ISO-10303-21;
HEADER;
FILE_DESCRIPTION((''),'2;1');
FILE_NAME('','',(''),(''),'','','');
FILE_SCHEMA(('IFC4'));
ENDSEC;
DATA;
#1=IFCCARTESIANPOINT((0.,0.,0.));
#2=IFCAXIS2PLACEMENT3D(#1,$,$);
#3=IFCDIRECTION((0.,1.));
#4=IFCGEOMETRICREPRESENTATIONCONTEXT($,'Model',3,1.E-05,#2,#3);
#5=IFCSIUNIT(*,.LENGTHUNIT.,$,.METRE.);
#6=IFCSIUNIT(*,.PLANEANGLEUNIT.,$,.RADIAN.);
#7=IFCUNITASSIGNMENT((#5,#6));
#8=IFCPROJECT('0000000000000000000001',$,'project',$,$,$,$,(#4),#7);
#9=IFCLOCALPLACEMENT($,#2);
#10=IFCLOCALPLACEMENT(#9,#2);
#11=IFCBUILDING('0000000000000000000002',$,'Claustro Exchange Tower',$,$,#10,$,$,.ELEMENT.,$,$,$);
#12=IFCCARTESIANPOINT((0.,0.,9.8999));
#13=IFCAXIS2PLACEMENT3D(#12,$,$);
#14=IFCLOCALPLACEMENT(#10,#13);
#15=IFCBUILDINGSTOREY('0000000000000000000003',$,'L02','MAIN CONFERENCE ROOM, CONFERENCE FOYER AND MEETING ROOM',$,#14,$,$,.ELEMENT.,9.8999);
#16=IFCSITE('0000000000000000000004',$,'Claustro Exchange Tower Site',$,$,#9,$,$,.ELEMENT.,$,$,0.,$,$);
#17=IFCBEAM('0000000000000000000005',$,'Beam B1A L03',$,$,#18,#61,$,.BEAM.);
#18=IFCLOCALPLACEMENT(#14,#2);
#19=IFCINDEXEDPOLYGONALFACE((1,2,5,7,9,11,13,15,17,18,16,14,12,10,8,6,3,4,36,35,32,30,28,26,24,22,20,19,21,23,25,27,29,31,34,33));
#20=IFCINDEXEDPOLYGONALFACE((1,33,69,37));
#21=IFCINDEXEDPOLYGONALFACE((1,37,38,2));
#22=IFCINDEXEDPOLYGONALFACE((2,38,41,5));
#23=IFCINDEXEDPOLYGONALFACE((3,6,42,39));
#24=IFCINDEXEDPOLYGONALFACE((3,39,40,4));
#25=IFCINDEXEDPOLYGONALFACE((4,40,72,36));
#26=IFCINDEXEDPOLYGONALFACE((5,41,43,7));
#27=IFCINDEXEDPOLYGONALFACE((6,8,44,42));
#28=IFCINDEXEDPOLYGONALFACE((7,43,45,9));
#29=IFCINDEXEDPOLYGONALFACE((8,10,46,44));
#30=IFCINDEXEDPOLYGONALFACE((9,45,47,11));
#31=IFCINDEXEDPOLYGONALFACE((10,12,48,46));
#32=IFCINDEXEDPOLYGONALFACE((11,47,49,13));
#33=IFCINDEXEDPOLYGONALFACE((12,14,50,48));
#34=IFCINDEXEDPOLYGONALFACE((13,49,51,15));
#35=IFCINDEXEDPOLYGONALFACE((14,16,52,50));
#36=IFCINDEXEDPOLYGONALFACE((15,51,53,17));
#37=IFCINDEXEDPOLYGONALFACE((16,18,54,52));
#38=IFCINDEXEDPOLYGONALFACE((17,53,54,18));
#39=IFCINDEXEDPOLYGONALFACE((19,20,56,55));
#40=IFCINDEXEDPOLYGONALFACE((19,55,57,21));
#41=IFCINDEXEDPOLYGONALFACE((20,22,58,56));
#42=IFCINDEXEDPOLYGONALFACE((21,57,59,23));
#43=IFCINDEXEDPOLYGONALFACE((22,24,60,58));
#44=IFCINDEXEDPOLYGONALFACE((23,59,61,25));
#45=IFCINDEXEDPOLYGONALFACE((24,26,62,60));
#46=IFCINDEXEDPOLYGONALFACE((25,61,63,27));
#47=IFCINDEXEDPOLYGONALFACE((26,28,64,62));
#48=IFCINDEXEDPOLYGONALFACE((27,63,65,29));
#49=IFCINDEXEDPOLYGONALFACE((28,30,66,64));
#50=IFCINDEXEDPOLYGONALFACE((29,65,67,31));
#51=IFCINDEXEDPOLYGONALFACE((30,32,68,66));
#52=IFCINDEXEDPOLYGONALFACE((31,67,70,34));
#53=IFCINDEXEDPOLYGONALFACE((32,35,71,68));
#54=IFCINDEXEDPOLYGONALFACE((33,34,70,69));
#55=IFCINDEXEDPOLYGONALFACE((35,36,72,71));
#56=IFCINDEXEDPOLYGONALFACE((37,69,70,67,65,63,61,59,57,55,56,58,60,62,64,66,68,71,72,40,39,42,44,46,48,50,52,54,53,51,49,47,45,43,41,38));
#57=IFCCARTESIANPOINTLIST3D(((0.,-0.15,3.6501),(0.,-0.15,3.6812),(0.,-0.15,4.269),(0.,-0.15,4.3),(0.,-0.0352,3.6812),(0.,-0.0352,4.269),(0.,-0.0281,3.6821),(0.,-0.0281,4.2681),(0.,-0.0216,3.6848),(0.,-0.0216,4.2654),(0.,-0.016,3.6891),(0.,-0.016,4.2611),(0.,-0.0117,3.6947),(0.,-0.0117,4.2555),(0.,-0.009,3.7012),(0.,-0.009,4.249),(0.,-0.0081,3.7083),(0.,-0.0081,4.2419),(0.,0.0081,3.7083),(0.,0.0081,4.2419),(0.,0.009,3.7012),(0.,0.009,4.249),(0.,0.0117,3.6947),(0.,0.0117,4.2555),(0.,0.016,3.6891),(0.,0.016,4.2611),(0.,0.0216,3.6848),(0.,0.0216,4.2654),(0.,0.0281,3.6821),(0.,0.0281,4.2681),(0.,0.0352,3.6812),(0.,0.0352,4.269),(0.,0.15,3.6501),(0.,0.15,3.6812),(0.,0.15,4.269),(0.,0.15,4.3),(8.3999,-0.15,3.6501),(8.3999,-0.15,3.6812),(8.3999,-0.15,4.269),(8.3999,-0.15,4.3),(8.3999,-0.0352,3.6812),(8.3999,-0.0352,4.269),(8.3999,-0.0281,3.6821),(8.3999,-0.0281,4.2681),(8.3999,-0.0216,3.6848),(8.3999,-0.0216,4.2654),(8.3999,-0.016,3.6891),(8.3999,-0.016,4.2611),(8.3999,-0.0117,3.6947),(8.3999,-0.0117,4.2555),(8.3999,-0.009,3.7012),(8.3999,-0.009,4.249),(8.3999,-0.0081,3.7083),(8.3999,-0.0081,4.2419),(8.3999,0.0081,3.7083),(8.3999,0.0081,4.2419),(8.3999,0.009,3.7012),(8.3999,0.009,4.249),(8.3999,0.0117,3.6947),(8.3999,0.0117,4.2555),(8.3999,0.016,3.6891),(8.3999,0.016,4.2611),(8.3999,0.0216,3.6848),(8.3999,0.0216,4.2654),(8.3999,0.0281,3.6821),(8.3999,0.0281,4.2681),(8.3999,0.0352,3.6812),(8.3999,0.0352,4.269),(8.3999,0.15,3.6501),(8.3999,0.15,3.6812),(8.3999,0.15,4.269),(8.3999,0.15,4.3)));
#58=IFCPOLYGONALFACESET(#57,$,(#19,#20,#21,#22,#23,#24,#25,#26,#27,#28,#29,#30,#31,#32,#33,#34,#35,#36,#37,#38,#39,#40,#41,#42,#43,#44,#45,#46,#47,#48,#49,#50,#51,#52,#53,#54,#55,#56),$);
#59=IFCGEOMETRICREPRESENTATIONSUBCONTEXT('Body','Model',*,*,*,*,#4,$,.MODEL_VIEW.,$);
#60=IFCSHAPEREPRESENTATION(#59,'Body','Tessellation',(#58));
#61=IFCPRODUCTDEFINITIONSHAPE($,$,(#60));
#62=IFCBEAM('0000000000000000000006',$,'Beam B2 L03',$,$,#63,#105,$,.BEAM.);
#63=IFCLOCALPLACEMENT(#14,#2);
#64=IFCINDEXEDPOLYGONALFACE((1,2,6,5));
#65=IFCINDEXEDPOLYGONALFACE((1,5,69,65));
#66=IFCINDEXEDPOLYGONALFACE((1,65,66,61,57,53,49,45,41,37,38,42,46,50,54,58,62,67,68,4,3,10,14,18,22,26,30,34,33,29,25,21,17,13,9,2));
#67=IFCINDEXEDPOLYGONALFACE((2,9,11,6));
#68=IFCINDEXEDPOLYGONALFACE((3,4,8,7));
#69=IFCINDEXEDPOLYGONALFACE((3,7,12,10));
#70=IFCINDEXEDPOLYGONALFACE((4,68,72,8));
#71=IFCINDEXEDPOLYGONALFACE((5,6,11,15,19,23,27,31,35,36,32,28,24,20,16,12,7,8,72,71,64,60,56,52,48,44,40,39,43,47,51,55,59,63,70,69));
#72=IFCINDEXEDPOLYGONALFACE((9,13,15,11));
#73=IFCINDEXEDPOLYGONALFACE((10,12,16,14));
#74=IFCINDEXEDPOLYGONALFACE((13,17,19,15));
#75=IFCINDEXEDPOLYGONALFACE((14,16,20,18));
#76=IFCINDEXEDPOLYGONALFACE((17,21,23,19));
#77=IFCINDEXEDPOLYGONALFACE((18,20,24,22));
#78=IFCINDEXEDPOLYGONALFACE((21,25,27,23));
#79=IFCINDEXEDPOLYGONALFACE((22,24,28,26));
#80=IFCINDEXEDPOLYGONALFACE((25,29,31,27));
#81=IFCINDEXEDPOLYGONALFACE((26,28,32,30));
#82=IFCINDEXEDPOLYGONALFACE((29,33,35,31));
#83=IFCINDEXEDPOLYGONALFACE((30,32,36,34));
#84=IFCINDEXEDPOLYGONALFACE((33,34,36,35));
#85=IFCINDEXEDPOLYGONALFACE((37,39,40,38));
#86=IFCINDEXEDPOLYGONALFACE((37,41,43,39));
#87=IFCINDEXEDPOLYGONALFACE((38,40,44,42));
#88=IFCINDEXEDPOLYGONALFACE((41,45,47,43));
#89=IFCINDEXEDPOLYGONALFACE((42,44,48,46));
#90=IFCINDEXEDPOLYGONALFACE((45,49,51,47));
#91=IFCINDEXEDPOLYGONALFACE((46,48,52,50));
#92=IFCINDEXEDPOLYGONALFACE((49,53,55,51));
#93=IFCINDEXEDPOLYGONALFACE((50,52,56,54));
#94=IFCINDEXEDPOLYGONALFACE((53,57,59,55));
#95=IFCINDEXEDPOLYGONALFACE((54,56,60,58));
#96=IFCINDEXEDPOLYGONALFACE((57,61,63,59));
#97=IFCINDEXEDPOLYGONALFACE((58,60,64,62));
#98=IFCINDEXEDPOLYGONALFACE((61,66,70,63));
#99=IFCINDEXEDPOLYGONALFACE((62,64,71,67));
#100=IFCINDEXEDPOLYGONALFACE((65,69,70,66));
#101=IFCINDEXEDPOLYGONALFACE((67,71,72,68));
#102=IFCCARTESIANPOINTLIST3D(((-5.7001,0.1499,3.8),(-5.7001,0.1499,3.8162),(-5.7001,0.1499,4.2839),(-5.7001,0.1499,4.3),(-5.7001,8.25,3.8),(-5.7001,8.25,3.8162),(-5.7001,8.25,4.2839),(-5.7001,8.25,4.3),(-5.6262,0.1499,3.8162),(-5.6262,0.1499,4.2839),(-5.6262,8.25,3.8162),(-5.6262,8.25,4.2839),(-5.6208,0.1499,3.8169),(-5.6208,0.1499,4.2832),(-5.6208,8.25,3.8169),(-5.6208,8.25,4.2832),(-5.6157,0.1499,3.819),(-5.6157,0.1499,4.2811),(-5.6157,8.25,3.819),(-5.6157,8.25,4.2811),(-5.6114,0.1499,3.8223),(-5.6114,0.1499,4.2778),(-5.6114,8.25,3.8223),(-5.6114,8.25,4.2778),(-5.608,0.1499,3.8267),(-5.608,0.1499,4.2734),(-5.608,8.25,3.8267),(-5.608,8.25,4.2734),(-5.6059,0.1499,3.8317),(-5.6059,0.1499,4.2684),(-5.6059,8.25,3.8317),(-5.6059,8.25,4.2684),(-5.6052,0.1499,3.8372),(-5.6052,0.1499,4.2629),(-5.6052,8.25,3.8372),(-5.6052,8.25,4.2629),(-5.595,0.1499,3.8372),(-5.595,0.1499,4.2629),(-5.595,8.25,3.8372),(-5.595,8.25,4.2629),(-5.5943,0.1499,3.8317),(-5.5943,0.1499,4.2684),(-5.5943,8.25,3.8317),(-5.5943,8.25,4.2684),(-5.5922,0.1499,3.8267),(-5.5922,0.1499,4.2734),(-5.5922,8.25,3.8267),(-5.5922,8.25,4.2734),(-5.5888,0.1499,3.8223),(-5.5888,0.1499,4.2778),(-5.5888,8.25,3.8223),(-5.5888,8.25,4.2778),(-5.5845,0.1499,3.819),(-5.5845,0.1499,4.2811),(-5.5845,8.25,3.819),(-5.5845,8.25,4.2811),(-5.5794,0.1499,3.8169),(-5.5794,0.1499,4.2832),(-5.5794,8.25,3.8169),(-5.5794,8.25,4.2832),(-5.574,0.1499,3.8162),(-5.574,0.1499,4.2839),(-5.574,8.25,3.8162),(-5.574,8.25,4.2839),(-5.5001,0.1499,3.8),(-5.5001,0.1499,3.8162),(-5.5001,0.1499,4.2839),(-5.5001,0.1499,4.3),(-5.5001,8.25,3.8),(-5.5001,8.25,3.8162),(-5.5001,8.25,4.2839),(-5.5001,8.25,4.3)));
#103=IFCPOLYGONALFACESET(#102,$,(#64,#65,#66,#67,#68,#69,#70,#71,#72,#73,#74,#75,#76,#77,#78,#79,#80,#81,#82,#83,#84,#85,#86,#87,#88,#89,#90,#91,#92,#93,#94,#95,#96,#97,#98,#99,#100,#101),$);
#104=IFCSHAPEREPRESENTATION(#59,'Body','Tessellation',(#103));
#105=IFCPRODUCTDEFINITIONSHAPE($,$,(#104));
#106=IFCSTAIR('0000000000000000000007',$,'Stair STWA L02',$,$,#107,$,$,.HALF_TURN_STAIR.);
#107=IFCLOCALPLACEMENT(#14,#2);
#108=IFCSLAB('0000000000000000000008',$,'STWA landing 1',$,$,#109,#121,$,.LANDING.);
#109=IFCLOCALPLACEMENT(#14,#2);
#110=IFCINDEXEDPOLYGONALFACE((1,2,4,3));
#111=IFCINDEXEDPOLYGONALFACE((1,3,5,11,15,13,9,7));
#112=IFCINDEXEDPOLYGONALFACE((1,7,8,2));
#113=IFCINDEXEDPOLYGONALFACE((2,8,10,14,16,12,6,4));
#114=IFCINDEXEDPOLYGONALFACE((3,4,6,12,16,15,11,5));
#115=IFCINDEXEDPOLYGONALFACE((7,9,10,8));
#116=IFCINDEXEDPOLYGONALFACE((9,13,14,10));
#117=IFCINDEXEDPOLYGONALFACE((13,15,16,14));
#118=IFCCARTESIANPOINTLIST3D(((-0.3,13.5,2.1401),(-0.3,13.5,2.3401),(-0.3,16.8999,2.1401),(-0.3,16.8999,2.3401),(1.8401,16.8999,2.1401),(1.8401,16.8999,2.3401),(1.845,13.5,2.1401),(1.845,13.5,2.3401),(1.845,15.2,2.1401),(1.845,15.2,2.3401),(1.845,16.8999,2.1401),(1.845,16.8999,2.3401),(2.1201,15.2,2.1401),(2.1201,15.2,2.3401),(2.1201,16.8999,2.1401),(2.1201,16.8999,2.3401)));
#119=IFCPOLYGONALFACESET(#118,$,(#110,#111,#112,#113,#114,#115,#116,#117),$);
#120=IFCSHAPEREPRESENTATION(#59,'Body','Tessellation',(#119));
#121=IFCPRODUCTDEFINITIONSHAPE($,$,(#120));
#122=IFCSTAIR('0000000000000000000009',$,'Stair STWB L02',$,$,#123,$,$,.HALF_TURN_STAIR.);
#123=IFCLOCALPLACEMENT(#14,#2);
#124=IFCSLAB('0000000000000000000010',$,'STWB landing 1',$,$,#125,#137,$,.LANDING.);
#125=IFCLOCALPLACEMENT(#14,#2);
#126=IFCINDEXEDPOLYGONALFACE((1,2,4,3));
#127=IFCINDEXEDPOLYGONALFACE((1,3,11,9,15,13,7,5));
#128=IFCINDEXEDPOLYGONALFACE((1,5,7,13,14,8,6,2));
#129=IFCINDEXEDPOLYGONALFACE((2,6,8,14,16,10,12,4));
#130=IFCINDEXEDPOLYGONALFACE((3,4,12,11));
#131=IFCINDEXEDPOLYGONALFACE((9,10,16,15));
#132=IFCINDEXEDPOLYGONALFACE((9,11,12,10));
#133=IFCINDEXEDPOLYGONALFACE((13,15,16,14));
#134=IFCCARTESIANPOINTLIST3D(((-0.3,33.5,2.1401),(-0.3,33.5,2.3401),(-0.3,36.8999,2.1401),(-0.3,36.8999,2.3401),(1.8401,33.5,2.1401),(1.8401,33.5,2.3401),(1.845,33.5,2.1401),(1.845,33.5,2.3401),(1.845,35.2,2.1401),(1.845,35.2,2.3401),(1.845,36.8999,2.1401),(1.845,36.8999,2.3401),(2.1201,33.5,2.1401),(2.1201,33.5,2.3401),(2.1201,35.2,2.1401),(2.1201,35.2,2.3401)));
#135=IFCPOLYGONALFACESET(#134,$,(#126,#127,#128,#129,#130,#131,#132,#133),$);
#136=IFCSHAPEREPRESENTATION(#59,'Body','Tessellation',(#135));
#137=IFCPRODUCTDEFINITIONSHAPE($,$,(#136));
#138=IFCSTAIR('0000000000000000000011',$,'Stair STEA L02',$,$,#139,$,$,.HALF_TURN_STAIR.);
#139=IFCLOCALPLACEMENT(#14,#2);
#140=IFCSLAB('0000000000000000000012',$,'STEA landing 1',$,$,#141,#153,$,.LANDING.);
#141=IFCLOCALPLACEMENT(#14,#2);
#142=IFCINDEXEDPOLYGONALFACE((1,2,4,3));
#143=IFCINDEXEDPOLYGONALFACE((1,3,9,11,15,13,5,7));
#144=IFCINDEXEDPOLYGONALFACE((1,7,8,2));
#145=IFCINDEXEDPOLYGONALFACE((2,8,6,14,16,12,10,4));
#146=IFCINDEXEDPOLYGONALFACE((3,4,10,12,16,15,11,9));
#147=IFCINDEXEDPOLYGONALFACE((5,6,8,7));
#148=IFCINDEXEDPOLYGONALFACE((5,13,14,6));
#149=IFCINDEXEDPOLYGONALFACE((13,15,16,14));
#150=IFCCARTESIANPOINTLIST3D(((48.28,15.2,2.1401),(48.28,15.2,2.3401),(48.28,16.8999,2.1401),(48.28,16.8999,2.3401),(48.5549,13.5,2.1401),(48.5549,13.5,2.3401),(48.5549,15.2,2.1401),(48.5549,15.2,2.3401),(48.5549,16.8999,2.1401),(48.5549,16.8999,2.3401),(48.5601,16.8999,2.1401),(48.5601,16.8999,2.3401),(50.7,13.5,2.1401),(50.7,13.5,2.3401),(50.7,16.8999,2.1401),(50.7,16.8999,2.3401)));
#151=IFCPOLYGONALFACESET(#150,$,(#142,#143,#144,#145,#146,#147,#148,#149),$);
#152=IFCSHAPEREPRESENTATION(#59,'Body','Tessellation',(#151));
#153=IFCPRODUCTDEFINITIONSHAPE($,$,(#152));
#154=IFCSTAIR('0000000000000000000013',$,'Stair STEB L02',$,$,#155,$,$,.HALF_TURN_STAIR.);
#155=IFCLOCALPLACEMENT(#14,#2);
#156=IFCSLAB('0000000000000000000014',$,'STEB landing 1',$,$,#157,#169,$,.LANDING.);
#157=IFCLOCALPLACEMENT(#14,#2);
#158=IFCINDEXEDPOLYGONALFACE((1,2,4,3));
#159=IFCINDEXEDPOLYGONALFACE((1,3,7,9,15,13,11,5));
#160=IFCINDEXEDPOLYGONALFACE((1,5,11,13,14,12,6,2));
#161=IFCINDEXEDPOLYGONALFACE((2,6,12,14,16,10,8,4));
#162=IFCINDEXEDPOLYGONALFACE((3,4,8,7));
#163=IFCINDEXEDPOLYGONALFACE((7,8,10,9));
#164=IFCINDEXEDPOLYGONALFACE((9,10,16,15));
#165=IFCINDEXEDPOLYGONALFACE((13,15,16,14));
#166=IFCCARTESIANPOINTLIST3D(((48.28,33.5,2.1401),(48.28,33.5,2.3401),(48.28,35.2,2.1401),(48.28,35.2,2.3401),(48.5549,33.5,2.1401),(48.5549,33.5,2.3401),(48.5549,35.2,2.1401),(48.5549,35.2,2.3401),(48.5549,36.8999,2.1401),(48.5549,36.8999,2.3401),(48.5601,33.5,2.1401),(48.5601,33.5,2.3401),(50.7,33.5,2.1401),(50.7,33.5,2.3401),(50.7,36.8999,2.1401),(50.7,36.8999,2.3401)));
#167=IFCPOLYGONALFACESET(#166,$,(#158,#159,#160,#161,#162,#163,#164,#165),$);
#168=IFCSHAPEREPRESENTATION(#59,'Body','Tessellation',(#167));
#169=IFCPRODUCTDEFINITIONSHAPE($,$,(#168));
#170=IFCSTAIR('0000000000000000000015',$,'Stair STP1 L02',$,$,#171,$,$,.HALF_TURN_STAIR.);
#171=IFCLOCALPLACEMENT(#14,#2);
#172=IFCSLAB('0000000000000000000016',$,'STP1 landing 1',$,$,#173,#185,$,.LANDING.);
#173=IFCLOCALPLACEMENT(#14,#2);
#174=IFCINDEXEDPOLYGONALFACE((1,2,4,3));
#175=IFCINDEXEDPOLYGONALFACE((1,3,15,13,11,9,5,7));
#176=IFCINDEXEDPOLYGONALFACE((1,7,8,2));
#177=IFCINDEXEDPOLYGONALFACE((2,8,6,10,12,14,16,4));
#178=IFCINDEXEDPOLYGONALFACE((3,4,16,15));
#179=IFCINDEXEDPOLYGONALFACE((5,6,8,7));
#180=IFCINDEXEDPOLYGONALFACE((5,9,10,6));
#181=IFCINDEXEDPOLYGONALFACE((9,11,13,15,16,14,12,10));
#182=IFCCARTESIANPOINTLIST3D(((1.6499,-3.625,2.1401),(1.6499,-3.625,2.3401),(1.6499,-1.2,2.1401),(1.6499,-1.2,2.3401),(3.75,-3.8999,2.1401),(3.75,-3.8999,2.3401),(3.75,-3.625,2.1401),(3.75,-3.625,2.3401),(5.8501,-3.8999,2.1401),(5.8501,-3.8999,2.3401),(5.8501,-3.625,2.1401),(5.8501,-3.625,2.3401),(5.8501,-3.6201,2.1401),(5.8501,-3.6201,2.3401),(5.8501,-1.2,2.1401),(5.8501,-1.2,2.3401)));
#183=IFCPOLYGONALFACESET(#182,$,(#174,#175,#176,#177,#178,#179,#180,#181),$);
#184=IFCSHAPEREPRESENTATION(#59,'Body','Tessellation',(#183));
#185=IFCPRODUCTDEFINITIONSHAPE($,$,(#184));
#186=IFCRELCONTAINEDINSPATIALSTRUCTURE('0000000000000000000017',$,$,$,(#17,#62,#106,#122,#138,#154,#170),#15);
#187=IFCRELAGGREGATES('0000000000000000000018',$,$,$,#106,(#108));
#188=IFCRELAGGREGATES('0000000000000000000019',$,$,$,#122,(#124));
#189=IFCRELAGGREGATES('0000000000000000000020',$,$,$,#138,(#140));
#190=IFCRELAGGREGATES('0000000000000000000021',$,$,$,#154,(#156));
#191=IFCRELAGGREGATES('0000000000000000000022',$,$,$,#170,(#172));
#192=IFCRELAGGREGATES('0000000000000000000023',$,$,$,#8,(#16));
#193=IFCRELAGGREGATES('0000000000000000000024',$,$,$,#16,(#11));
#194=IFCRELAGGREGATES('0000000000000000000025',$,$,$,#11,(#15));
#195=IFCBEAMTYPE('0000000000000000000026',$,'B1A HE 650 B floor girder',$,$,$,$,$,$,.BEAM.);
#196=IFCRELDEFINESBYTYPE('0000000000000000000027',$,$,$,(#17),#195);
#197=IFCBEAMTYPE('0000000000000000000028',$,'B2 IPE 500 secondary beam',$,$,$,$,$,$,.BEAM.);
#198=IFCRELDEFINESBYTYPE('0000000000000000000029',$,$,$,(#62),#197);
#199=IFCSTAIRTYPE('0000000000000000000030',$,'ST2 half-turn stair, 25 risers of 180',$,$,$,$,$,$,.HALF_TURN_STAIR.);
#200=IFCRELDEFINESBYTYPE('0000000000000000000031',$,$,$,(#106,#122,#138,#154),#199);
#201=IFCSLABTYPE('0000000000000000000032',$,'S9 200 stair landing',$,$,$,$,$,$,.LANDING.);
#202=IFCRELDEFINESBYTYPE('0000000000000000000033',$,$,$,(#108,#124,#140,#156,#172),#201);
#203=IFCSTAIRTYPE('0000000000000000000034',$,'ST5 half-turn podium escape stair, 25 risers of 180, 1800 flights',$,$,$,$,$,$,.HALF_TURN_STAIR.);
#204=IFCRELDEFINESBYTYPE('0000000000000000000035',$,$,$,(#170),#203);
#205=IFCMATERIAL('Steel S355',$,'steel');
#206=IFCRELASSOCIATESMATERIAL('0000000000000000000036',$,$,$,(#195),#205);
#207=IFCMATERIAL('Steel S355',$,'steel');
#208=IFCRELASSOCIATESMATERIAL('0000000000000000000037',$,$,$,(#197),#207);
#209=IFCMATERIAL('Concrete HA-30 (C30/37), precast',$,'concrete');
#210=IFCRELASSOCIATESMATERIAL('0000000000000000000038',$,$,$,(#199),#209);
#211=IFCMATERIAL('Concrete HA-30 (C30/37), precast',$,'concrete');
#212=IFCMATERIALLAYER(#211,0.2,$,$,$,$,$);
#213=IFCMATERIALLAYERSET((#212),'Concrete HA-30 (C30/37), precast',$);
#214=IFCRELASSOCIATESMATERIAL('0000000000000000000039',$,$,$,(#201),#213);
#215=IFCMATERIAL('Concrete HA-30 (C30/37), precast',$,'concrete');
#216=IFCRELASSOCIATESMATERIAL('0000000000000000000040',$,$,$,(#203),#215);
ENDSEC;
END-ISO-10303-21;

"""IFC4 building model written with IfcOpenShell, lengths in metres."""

from ifc_helpers import new_model, si_unit, direction, frame, origin, origin_2d, place, context, subcontext, project, spatial, polyline, i_section, outline, extrude, material, layer, layer_set, material_profile, profile_set, type_object, element, aggregate, save


model = new_model("IFC4")

# Units and contexts
model_context = context("Model", 3, precision=1e-05, world=origin(), true_north=direction((0.0, 1.0)))
body_context = subcontext(model_context, "Body", "Model", "MODEL_VIEW")
ifc_project = project(units=[si_unit("LENGTHUNIT", "METRE"), si_unit("PLANEANGLEUNIT", "RADIAN")], contexts=[model_context])

# Site, building, storey
site_placement = place(None, origin())
site = spatial("IfcSite", under=ifc_project, at=site_placement, Name="Claustro Exchange Tower Site", CompositionType="ELEMENT", RefElevation=0.0)
building_placement = place(site_placement, origin())
building = spatial("IfcBuilding", under=site, at=building_placement, Name="Claustro Exchange Tower", CompositionType="ELEMENT")
storey_placement = place(building_placement, frame((0.0, 0.0, 9.8999)))
storey = spatial("IfcBuildingStorey", under=building, at=storey_placement, Name="L02", Description="MAIN CONFERENCE ROOM, CONFERENCE FOYER AND MEETING ROOM", CompositionType="ELEMENT", Elevation=9.8999)

# Beams
ifc_material_1 = material(Name="Steel S355", Category="steel")
ifc_material_profile_1 = material_profile(ifc_material_1, i_section(OverallWidth=0.3, OverallDepth=0.6499, WebThickness=0.0161, FlangeThickness=0.031, FilletRadius=0.0271, at=origin_2d()), Name="HE 650 B")
ifc_profile_set_1 = profile_set([ifc_material_profile_1], Name="Steel S355")
beam_type_1 = type_object("IfcBeamType", Name="B1A HE 650 B floor girder", PredefinedType="BEAM", material=ifc_profile_set_1)
beam_1_placement = place(storey_placement, frame((0.0, 0.0, 3.9751), z_axis=(1.0, 0.0, 0.0), x_axis=(0.0, 1.0, 0.0)))
element("IfcBeam", 1, at=beam_1_placement, inside=storey, type_object=beam_type_1, Name="Beam B1A L03", PredefinedType="BEAM", context=body_context, shape_type="SweptSolid", body=[
    extrude(i_section(OverallWidth=0.3, OverallDepth=0.6499, WebThickness=0.0161, FlangeThickness=0.031, FilletRadius=0.0271, at=origin_2d()), origin(), (0.0, 0.0, 1.0), 8.3999),
])
ifc_material_2 = material(Name="Steel S355", Category="steel")
ifc_material_profile_2 = material_profile(ifc_material_2, i_section(OverallWidth=0.2, OverallDepth=0.5, WebThickness=0.0103, FlangeThickness=0.0161, FilletRadius=0.021, at=origin_2d()), Name="IPE 500")
ifc_profile_set_2 = profile_set([ifc_material_profile_2], Name="Steel S355")
beam_type_2 = type_object("IfcBeamType", Name="B2 IPE 500 secondary beam", PredefinedType="BEAM", material=ifc_profile_set_2)
beam_2_placement = place(storey_placement, frame((-5.6001, 0.1499, 4.05), z_axis=(0.0, 1.0, 0.0), x_axis=(-1.0, 0.0, 0.0)))
element("IfcBeam", 2, at=beam_2_placement, inside=storey, type_object=beam_type_2, Name="Beam B2 L03", PredefinedType="BEAM", context=body_context, shape_type="SweptSolid", body=[
    extrude(i_section(OverallWidth=0.2, OverallDepth=0.5, WebThickness=0.0103, FlangeThickness=0.0161, FilletRadius=0.021, at=origin_2d()), origin(), (0.0, 0.0, 1.0), 8.1001),
])

# Stairs, slabs
ifc_material_3 = material(Name="Concrete HA-30 (C30/37), precast", Category="concrete")
stair_type_1 = type_object("IfcStairType", Name="ST2 half-turn stair, 25 risers of 180", PredefinedType="HALF_TURN_STAIR", material=ifc_material_3)
stair_1_placement = place(storey_placement, origin())
stair_1 = element("IfcStair", 3, at=stair_1_placement, inside=storey, type_object=stair_type_1, Name="Stair STWA L02", PredefinedType="HALF_TURN_STAIR")
ifc_material_4 = material(Name="Concrete HA-30 (C30/37), precast", Category="concrete")
ifc_layer_1 = layer(ifc_material_4, 0.2)
ifc_layer_set_1 = layer_set([ifc_layer_1], Name="Concrete HA-30 (C30/37), precast")
slab_type = type_object("IfcSlabType", Name="S9 200 stair landing", PredefinedType="LANDING", material=ifc_layer_set_1)
slab_1_placement = place(storey_placement, frame((0.0, 0.0, 2.1401)))
slab_1 = element("IfcSlab", 4, at=slab_1_placement, type_object=slab_type, Name="STWA landing 1", PredefinedType="LANDING", context=body_context, shape_type="SweptSolid", body=[
    extrude(outline(polyline([(1.845, 13.5), (-0.3, 13.5), (-0.3, 16.8999), (1.8401, 16.8999), (1.845, 16.8999), (2.1201, 16.8999), (2.1201, 15.2), (1.845, 15.2), (1.845, 13.5)])), origin(), (0.0, 0.0, 1.0), 0.2),
])
aggregate(stair_1, [slab_1])
stair_2_placement = place(storey_placement, origin())
stair_2 = element("IfcStair", 5, at=stair_2_placement, inside=storey, type_object=stair_type_1, Name="Stair STWB L02", PredefinedType="HALF_TURN_STAIR")
slab_2_placement = place(storey_placement, frame((0.0, 0.0, 2.1401)))
slab_2 = element("IfcSlab", 6, at=slab_2_placement, type_object=slab_type, Name="STWB landing 1", PredefinedType="LANDING", context=body_context, shape_type="SweptSolid", body=[
    extrude(outline(polyline([(2.1201, 35.2), (2.1201, 33.5), (1.845, 33.5), (1.8401, 33.5), (-0.3, 33.5), (-0.3, 36.8999), (1.845, 36.8999), (1.845, 35.2), (2.1201, 35.2)])), origin(), (0.0, 0.0, 1.0), 0.2),
])
aggregate(stair_2, [slab_2])
stair_3_placement = place(storey_placement, origin())
stair_3 = element("IfcStair", 7, at=stair_3_placement, inside=storey, type_object=stair_type_1, Name="Stair STEA L02", PredefinedType="HALF_TURN_STAIR")
slab_3_placement = place(storey_placement, frame((0.0, 0.0, 2.1401)))
slab_3 = element("IfcSlab", 8, at=slab_3_placement, type_object=slab_type, Name="STEA landing 1", PredefinedType="LANDING", context=body_context, shape_type="SweptSolid", body=[
    extrude(outline(polyline([(50.7, 16.8999), (50.7, 13.5), (48.5549, 13.5), (48.5549, 15.2), (48.28, 15.2), (48.28, 16.8999), (48.5549, 16.8999), (48.5601, 16.8999), (50.7, 16.8999)])), origin(), (0.0, 0.0, 1.0), 0.2),
])
aggregate(stair_3, [slab_3])
stair_4_placement = place(storey_placement, origin())
stair_4 = element("IfcStair", 9, at=stair_4_placement, inside=storey, type_object=stair_type_1, Name="Stair STEB L02", PredefinedType="HALF_TURN_STAIR")
slab_4_placement = place(storey_placement, frame((0.0, 0.0, 2.1401)))
slab_4 = element("IfcSlab", 10, at=slab_4_placement, type_object=slab_type, Name="STEB landing 1", PredefinedType="LANDING", context=body_context, shape_type="SweptSolid", body=[
    extrude(outline(polyline([(48.28, 33.5), (48.28, 35.2), (48.5549, 35.2), (48.5549, 36.8999), (50.7, 36.8999), (50.7, 33.5), (48.5601, 33.5), (48.5549, 33.5), (48.28, 33.5)])), origin(), (0.0, 0.0, 1.0), 0.2),
])
aggregate(stair_4, [slab_4])
ifc_material_5 = material(Name="Concrete HA-30 (C30/37), precast", Category="concrete")
stair_type_2 = type_object("IfcStairType", Name="ST5 half-turn podium escape stair, 25 risers of 180, 1800 flights", PredefinedType="HALF_TURN_STAIR", material=ifc_material_5)
stair_5_placement = place(storey_placement, origin())
stair_5 = element("IfcStair", 11, at=stair_5_placement, inside=storey, type_object=stair_type_2, Name="Stair STP1 L02", PredefinedType="HALF_TURN_STAIR")
slab_5_placement = place(storey_placement, frame((0.0, 0.0, 2.1401)))
slab_5 = element("IfcSlab", 12, at=slab_5_placement, type_object=slab_type, Name="STP1 landing 1", PredefinedType="LANDING", context=body_context, shape_type="SweptSolid", body=[
    extrude(outline(polyline([(5.8501, -3.8999), (3.75, -3.8999), (3.75, -3.625), (1.6499, -3.625), (1.6499, -1.2), (5.8501, -1.2), (5.8501, -3.6201), (5.8501, -3.625), (5.8501, -3.8999)])), origin(), (0.0, 0.0, 1.0), 0.2),
])
aggregate(stair_5, [slab_5])

save(model, "model.ifc")
